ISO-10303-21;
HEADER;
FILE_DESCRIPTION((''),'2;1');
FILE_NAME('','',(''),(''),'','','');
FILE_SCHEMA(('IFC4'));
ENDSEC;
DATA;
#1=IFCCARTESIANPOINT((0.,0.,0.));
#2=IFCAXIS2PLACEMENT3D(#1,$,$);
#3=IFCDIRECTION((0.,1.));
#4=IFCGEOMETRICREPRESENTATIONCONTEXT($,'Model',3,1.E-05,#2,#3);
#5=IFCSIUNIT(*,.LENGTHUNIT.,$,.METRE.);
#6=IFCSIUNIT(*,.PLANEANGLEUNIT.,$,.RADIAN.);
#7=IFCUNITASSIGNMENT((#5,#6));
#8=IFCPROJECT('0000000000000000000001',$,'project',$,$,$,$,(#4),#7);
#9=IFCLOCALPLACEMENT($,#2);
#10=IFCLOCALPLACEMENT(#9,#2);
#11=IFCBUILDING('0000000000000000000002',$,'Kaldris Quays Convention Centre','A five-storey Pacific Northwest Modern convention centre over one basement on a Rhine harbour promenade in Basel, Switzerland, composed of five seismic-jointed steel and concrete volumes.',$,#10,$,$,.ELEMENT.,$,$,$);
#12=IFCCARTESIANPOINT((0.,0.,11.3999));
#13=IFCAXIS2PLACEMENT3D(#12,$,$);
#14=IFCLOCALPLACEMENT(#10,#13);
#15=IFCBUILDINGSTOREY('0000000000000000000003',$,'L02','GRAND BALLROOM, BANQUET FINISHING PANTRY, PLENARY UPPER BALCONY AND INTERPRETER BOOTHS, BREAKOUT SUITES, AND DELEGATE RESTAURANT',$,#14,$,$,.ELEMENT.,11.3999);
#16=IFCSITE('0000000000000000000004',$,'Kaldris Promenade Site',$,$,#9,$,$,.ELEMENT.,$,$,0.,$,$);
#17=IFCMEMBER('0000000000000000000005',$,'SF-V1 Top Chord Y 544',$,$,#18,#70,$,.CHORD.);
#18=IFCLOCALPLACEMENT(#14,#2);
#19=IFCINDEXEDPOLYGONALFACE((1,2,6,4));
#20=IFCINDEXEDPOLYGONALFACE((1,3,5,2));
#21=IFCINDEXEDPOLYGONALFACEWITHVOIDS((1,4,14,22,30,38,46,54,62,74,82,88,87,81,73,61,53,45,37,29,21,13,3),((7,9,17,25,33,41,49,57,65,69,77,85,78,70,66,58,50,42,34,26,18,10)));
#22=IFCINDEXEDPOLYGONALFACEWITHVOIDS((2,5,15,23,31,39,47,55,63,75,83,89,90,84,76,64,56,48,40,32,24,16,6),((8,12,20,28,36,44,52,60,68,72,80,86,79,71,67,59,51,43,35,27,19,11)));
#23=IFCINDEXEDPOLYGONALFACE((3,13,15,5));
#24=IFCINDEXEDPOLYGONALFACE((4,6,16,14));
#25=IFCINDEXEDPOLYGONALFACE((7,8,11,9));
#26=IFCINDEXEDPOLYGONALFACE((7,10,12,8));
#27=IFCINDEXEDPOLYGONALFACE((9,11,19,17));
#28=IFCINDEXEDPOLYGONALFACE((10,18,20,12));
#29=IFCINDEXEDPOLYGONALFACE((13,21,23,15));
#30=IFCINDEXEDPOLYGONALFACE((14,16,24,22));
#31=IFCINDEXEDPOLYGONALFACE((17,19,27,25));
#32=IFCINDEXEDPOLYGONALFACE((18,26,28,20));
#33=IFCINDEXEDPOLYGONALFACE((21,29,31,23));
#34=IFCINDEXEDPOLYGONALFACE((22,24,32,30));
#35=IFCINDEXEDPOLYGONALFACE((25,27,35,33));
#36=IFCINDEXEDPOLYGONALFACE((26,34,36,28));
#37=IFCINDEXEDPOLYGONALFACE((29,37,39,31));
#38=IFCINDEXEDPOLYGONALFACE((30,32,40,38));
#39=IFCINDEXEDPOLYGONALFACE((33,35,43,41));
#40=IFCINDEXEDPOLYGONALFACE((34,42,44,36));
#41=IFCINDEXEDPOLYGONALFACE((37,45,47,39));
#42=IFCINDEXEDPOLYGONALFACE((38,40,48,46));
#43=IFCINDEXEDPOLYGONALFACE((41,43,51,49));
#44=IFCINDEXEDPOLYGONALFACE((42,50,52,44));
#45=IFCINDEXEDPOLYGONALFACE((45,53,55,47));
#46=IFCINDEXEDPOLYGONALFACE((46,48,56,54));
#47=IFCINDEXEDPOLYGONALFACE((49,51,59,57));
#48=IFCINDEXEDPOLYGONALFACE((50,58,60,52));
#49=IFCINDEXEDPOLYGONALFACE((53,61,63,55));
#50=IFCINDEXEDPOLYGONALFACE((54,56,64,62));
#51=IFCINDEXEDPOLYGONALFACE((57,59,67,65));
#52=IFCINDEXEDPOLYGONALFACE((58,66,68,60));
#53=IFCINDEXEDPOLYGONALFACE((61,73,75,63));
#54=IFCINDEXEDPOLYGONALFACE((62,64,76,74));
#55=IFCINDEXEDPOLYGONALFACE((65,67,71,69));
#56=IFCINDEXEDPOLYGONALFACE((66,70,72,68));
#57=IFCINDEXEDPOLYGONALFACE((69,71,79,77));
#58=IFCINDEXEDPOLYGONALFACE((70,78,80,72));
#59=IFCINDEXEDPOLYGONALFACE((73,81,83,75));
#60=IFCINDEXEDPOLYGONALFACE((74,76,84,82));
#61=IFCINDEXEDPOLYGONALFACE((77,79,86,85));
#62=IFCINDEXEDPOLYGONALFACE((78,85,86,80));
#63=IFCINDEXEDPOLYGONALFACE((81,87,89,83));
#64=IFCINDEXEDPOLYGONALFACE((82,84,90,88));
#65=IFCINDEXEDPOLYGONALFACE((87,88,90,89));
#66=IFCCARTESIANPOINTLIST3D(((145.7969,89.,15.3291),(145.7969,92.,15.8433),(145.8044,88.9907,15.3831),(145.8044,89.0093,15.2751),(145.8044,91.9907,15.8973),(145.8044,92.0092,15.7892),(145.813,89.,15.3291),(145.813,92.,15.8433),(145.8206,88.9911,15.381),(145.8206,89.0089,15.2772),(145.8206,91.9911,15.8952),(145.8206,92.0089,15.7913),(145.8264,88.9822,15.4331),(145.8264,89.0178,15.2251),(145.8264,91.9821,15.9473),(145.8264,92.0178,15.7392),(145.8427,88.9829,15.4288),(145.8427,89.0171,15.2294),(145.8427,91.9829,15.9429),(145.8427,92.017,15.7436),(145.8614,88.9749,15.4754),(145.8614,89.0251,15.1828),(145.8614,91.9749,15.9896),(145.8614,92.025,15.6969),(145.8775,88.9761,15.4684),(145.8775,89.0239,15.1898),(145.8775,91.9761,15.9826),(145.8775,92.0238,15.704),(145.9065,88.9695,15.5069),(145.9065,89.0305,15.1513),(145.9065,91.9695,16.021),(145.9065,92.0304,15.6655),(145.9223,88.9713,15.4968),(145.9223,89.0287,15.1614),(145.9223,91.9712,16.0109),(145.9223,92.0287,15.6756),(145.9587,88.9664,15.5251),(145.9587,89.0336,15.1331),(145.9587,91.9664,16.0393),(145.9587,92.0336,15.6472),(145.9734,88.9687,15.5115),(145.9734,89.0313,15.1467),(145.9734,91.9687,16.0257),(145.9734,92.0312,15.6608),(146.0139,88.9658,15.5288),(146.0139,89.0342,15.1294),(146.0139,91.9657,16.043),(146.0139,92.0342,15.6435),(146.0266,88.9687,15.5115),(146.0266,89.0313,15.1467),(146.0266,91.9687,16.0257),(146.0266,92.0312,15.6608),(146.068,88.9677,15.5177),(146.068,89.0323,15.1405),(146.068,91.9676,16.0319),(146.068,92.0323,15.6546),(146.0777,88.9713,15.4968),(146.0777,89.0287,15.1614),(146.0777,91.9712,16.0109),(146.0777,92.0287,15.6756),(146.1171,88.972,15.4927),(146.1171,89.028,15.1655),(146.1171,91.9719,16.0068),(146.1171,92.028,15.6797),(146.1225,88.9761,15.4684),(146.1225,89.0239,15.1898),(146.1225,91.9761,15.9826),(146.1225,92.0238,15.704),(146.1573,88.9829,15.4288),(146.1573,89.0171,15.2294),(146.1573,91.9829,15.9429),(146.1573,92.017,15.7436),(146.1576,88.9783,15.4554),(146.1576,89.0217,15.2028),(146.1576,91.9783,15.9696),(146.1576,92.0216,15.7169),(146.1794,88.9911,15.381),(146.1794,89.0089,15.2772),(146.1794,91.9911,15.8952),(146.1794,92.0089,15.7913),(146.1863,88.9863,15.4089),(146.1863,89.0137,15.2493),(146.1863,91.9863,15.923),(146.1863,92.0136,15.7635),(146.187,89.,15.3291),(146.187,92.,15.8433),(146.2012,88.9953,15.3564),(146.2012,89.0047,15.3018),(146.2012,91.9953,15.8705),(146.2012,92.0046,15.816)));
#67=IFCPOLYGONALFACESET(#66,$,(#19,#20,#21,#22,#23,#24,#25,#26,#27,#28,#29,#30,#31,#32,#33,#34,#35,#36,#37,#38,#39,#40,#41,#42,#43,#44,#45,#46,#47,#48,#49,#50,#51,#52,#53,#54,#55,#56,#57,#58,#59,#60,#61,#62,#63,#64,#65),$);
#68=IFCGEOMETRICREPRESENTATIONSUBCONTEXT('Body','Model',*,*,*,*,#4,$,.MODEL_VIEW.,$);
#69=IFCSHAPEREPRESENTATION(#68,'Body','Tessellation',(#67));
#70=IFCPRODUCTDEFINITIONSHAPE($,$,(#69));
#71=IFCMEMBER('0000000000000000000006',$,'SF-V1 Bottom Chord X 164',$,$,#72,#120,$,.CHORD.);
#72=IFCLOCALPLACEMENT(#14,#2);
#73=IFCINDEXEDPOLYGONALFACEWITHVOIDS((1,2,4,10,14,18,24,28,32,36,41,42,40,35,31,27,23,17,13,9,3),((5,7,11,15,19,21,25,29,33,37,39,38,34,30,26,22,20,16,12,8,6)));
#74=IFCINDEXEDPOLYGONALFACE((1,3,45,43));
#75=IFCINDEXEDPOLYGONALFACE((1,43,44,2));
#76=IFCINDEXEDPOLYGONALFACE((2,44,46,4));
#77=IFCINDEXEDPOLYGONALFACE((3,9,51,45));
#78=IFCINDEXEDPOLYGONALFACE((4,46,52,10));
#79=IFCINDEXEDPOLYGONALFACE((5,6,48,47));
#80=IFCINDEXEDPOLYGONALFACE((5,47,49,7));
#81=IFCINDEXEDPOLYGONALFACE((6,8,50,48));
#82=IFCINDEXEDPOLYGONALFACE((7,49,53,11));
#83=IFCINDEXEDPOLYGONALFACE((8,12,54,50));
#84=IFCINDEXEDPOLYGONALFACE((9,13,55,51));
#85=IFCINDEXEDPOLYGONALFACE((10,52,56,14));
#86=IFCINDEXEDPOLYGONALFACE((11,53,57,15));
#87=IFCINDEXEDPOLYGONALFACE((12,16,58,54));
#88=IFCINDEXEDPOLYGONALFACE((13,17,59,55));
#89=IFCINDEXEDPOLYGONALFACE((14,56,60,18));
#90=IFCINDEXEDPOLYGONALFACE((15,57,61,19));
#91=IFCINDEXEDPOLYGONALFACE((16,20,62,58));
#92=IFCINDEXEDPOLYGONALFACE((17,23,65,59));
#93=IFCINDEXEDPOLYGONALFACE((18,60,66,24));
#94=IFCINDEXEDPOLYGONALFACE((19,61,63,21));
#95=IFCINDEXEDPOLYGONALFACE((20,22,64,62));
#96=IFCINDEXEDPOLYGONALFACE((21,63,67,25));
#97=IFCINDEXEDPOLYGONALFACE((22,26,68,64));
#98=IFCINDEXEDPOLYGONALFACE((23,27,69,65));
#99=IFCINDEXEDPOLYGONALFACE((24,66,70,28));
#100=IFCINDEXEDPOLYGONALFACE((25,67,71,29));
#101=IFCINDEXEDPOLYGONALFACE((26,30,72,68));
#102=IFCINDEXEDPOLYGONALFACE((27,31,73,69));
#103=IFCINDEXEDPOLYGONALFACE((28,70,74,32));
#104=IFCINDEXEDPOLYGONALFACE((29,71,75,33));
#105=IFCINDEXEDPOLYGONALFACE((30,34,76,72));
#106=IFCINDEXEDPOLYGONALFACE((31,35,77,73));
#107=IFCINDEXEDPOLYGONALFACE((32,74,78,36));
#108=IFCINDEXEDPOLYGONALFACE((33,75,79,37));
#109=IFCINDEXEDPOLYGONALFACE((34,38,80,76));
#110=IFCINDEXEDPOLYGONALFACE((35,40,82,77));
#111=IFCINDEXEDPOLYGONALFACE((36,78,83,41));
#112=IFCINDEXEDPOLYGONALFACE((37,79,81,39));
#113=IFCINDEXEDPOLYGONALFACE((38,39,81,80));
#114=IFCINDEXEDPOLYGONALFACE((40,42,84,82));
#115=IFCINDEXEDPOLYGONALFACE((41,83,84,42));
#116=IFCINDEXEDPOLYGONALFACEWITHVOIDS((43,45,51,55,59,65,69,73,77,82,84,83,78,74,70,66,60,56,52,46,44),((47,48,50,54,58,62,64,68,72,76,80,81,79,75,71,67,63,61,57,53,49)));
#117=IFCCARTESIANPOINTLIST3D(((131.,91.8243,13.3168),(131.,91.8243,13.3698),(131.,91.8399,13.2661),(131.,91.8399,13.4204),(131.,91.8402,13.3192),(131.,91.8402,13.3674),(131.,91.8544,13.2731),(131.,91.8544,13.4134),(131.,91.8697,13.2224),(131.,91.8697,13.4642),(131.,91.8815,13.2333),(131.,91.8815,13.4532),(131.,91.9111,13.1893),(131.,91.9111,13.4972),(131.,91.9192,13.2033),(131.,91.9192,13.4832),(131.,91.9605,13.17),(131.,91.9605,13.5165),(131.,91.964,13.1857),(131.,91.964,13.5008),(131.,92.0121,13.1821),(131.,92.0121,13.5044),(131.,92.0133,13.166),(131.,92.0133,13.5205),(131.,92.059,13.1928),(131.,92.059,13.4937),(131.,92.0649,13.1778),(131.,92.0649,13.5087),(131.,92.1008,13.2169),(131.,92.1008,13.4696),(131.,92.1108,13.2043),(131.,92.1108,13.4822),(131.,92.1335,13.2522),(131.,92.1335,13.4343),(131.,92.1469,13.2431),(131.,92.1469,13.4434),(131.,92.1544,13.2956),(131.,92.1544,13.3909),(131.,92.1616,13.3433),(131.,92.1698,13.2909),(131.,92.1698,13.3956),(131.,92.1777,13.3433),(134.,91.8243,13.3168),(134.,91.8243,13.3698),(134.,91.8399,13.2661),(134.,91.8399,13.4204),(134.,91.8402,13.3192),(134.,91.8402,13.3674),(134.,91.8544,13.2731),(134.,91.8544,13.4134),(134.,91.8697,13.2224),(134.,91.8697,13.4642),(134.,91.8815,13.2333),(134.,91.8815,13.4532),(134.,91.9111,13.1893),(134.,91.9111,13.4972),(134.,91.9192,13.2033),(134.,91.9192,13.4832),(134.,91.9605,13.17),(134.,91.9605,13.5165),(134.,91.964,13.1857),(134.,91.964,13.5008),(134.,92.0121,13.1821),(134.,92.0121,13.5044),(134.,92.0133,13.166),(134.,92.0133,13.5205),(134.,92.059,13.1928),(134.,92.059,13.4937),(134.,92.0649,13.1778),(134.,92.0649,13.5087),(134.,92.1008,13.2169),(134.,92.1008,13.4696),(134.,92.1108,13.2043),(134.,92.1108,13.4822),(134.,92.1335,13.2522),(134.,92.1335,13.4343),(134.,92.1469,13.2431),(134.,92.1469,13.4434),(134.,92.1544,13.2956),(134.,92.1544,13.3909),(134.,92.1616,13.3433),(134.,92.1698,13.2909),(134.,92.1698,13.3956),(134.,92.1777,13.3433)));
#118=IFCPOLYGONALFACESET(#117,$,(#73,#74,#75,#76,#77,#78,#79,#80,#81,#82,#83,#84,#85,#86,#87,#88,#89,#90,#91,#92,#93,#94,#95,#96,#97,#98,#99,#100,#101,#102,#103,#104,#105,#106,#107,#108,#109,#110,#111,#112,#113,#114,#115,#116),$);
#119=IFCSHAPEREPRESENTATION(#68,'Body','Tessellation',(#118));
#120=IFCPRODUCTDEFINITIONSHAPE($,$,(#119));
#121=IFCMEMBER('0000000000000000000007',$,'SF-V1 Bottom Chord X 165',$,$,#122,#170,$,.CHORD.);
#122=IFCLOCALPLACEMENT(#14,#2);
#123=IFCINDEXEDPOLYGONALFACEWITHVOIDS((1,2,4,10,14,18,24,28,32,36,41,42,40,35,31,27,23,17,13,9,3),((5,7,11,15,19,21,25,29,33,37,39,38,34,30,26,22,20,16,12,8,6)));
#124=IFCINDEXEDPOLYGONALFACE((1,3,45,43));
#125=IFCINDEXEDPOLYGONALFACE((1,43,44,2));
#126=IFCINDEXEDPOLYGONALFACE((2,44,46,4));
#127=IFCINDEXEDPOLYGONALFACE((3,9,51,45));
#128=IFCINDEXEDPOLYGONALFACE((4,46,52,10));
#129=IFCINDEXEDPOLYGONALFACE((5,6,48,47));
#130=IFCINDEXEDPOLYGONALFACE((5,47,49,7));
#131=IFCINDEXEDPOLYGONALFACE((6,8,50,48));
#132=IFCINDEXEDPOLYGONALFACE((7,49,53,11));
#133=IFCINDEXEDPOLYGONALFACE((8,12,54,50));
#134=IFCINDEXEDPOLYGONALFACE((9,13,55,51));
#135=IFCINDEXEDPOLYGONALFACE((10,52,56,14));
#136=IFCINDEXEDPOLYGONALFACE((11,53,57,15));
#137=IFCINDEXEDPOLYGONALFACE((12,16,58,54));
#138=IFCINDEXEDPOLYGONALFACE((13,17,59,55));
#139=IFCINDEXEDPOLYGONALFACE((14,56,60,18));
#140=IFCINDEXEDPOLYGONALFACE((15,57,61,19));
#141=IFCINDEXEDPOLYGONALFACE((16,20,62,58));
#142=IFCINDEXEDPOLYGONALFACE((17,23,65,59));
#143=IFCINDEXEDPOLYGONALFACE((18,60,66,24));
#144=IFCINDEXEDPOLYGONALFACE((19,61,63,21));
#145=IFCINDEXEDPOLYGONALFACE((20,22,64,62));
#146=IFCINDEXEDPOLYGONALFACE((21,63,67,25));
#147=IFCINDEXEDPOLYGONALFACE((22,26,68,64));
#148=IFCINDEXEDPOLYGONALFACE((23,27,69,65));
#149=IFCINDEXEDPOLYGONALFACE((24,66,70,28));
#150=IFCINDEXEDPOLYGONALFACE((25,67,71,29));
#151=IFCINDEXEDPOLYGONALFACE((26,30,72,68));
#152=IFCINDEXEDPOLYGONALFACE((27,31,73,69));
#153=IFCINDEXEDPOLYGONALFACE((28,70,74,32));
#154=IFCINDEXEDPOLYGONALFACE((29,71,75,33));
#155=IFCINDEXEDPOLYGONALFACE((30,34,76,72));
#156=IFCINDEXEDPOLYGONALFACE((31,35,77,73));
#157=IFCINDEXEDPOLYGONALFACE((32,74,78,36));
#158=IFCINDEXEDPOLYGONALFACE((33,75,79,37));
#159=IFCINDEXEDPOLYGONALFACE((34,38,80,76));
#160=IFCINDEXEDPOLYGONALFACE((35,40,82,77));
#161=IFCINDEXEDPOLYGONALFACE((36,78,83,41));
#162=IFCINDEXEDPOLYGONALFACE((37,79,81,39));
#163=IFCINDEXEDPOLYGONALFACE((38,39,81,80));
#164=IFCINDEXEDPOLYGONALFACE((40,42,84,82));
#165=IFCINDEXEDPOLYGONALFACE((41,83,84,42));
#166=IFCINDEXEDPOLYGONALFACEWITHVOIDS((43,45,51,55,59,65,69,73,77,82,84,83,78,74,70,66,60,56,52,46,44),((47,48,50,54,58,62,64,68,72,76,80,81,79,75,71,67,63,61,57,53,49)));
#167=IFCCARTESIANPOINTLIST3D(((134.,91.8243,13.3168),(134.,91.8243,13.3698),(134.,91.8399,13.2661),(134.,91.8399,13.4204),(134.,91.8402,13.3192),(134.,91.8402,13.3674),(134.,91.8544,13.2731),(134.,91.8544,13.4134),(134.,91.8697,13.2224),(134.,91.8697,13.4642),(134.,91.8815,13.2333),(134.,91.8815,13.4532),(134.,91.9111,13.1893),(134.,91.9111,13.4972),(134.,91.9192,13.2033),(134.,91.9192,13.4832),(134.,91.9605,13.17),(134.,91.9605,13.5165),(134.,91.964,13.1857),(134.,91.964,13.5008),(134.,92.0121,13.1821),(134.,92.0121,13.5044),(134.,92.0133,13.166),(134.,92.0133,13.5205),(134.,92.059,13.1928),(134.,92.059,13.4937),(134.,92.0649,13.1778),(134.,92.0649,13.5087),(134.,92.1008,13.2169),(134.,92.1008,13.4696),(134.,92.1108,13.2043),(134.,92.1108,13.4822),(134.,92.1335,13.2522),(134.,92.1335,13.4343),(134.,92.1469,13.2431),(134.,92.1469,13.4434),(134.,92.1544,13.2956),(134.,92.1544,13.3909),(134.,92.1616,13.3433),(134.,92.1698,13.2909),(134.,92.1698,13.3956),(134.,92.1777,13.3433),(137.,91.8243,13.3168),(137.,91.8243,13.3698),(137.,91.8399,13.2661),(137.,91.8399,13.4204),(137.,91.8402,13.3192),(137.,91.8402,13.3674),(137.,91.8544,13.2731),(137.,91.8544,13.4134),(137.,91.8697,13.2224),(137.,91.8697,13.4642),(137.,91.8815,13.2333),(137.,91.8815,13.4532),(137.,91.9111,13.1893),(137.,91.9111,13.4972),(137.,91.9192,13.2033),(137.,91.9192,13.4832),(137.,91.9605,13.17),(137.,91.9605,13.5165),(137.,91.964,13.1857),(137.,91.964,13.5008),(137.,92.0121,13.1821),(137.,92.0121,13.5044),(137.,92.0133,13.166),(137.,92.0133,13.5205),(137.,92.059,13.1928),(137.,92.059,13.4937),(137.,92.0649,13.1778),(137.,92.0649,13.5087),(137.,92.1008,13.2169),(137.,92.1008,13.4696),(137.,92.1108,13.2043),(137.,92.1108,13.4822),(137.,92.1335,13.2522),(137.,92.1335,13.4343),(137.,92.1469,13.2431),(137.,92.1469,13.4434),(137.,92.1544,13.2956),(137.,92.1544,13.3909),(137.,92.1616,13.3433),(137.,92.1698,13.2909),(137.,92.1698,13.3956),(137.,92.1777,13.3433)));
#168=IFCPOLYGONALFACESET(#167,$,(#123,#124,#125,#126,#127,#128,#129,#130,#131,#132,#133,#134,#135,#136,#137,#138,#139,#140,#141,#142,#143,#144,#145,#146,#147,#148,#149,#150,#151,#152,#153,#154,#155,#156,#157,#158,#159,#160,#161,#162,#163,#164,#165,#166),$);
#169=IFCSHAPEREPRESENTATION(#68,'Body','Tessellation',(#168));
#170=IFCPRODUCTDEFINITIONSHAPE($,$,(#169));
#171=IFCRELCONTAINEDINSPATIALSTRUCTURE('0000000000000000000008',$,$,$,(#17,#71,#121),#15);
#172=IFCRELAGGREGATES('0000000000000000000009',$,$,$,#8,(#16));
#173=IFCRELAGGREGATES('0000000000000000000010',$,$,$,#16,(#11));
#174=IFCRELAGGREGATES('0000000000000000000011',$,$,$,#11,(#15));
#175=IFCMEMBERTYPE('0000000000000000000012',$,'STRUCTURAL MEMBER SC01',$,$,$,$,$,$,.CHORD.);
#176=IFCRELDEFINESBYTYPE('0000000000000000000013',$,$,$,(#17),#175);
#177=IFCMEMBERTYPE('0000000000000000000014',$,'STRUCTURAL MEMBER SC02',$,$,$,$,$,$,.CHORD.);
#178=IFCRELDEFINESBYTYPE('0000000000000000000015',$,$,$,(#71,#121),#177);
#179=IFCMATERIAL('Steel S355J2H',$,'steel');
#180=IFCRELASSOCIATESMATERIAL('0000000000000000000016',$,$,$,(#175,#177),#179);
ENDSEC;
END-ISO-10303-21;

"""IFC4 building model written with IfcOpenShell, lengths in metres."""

from ifc_helpers import new_model, si_unit, direction, frame, origin, origin_2d, place, context, subcontext, project, spatial, hollow_circle, extrude, material, material_profile, profile_set, type_object, element, save


model = new_model("IFC4")

# Units and contexts
model_context = context("Model", 3, precision=1e-05, world=origin(), true_north=direction((0.0, 1.0)))
body_context = subcontext(model_context, "Body", "Model", "MODEL_VIEW")
ifc_project = project(units=[si_unit("LENGTHUNIT", "METRE"), si_unit("PLANEANGLEUNIT", "RADIAN")], contexts=[model_context])

# Site, building, storey
site_placement = place(None, origin())
site = spatial("IfcSite", under=ifc_project, at=site_placement, Name="Kaldris Promenade Site", CompositionType="ELEMENT", RefElevation=0.0)
building_placement = place(site_placement, origin())
building = spatial("IfcBuilding", under=site, at=building_placement, Name="Kaldris Quays Convention Centre", Description="A five-storey Pacific Northwest Modern convention centre over one basement on a Rhine harbour promenade in Basel, Switzerland, composed of five seismic-jointed steel and concrete volumes.", CompositionType="ELEMENT")
storey_placement = place(building_placement, frame((0.0, 0.0, 11.3999)))
storey = spatial("IfcBuildingStorey", under=building, at=storey_placement, Name="L02", Description="GRAND BALLROOM, BANQUET FINISHING PANTRY, PLENARY UPPER BALCONY AND INTERPRETER BOOTHS, BREAKOUT SUITES, AND DELEGATE RESTAURANT", CompositionType="ELEMENT", Elevation=11.3999)

# Members
ifc_material_1 = material(Name="Steel S355J2H", Category="steel")
ifc_material_profile_1 = material_profile(ifc_material_1, hollow_circle(Radius=0.2031, WallThickness=0.0161, at=origin_2d()), Name="CHS 406.4x16")
ifc_profile_set_1 = profile_set([ifc_material_profile_1], Name="Steel S355J2H")
member_type_1 = type_object("IfcMemberType", Name="STRUCTURAL MEMBER SC01", PredefinedType="CHORD", material=ifc_profile_set_1)
for number, where, z_axis, x_axis, name in (
    (1, (146.0, 89.0, 15.3291), (0.0, 0.985629, 0.168924), (-1.0, 0.0, 0.0), "SF-V1 Top Chord Y 544"),
):
    element("IfcMember", number, at=place(storey_placement, frame(where, z_axis=z_axis, x_axis=x_axis)), inside=storey, type_object=member_type_1, Name=name, PredefinedType="CHORD", context=body_context, shape_type="SweptSolid", body=[
        extrude(hollow_circle(Radius=0.2031, WallThickness=0.0161, at=origin_2d()), origin(), (0.0, 0.0, 1.0), 3.0437),
    ])
ifc_material_profile_2 = material_profile(ifc_material_1, hollow_circle(Radius=0.1777, WallThickness=0.0161, at=origin_2d()), Name="CHS 355.6x16")
ifc_profile_set_2 = profile_set([ifc_material_profile_2], Name="Steel S355J2H")
member_type_2 = type_object("IfcMemberType", Name="STRUCTURAL MEMBER SC02", PredefinedType="CHORD", material=ifc_profile_set_2)
for number, where, z_axis, x_axis, name in (
    (2, (131.0, 92.0, 13.3433), (1.0, 0.0, 0.0), (0.0, 1.0, 0.0), "SF-V1 Bottom Chord X 164"),
    (3, (134.0, 92.0, 13.3433), (1.0, 0.0, 0.0), (0.0, 1.0, 0.0), "SF-V1 Bottom Chord X 165"),
):
    element("IfcMember", number, at=place(storey_placement, frame(where, z_axis=z_axis, x_axis=x_axis)), inside=storey, type_object=member_type_2, Name=name, PredefinedType="CHORD", context=body_context, shape_type="SweptSolid", body=[
        extrude(hollow_circle(Radius=0.1777, WallThickness=0.0161, at=origin_2d()), origin(), (0.0, 0.0, 1.0), 3.0),
    ])

save(model, "model.ifc")
